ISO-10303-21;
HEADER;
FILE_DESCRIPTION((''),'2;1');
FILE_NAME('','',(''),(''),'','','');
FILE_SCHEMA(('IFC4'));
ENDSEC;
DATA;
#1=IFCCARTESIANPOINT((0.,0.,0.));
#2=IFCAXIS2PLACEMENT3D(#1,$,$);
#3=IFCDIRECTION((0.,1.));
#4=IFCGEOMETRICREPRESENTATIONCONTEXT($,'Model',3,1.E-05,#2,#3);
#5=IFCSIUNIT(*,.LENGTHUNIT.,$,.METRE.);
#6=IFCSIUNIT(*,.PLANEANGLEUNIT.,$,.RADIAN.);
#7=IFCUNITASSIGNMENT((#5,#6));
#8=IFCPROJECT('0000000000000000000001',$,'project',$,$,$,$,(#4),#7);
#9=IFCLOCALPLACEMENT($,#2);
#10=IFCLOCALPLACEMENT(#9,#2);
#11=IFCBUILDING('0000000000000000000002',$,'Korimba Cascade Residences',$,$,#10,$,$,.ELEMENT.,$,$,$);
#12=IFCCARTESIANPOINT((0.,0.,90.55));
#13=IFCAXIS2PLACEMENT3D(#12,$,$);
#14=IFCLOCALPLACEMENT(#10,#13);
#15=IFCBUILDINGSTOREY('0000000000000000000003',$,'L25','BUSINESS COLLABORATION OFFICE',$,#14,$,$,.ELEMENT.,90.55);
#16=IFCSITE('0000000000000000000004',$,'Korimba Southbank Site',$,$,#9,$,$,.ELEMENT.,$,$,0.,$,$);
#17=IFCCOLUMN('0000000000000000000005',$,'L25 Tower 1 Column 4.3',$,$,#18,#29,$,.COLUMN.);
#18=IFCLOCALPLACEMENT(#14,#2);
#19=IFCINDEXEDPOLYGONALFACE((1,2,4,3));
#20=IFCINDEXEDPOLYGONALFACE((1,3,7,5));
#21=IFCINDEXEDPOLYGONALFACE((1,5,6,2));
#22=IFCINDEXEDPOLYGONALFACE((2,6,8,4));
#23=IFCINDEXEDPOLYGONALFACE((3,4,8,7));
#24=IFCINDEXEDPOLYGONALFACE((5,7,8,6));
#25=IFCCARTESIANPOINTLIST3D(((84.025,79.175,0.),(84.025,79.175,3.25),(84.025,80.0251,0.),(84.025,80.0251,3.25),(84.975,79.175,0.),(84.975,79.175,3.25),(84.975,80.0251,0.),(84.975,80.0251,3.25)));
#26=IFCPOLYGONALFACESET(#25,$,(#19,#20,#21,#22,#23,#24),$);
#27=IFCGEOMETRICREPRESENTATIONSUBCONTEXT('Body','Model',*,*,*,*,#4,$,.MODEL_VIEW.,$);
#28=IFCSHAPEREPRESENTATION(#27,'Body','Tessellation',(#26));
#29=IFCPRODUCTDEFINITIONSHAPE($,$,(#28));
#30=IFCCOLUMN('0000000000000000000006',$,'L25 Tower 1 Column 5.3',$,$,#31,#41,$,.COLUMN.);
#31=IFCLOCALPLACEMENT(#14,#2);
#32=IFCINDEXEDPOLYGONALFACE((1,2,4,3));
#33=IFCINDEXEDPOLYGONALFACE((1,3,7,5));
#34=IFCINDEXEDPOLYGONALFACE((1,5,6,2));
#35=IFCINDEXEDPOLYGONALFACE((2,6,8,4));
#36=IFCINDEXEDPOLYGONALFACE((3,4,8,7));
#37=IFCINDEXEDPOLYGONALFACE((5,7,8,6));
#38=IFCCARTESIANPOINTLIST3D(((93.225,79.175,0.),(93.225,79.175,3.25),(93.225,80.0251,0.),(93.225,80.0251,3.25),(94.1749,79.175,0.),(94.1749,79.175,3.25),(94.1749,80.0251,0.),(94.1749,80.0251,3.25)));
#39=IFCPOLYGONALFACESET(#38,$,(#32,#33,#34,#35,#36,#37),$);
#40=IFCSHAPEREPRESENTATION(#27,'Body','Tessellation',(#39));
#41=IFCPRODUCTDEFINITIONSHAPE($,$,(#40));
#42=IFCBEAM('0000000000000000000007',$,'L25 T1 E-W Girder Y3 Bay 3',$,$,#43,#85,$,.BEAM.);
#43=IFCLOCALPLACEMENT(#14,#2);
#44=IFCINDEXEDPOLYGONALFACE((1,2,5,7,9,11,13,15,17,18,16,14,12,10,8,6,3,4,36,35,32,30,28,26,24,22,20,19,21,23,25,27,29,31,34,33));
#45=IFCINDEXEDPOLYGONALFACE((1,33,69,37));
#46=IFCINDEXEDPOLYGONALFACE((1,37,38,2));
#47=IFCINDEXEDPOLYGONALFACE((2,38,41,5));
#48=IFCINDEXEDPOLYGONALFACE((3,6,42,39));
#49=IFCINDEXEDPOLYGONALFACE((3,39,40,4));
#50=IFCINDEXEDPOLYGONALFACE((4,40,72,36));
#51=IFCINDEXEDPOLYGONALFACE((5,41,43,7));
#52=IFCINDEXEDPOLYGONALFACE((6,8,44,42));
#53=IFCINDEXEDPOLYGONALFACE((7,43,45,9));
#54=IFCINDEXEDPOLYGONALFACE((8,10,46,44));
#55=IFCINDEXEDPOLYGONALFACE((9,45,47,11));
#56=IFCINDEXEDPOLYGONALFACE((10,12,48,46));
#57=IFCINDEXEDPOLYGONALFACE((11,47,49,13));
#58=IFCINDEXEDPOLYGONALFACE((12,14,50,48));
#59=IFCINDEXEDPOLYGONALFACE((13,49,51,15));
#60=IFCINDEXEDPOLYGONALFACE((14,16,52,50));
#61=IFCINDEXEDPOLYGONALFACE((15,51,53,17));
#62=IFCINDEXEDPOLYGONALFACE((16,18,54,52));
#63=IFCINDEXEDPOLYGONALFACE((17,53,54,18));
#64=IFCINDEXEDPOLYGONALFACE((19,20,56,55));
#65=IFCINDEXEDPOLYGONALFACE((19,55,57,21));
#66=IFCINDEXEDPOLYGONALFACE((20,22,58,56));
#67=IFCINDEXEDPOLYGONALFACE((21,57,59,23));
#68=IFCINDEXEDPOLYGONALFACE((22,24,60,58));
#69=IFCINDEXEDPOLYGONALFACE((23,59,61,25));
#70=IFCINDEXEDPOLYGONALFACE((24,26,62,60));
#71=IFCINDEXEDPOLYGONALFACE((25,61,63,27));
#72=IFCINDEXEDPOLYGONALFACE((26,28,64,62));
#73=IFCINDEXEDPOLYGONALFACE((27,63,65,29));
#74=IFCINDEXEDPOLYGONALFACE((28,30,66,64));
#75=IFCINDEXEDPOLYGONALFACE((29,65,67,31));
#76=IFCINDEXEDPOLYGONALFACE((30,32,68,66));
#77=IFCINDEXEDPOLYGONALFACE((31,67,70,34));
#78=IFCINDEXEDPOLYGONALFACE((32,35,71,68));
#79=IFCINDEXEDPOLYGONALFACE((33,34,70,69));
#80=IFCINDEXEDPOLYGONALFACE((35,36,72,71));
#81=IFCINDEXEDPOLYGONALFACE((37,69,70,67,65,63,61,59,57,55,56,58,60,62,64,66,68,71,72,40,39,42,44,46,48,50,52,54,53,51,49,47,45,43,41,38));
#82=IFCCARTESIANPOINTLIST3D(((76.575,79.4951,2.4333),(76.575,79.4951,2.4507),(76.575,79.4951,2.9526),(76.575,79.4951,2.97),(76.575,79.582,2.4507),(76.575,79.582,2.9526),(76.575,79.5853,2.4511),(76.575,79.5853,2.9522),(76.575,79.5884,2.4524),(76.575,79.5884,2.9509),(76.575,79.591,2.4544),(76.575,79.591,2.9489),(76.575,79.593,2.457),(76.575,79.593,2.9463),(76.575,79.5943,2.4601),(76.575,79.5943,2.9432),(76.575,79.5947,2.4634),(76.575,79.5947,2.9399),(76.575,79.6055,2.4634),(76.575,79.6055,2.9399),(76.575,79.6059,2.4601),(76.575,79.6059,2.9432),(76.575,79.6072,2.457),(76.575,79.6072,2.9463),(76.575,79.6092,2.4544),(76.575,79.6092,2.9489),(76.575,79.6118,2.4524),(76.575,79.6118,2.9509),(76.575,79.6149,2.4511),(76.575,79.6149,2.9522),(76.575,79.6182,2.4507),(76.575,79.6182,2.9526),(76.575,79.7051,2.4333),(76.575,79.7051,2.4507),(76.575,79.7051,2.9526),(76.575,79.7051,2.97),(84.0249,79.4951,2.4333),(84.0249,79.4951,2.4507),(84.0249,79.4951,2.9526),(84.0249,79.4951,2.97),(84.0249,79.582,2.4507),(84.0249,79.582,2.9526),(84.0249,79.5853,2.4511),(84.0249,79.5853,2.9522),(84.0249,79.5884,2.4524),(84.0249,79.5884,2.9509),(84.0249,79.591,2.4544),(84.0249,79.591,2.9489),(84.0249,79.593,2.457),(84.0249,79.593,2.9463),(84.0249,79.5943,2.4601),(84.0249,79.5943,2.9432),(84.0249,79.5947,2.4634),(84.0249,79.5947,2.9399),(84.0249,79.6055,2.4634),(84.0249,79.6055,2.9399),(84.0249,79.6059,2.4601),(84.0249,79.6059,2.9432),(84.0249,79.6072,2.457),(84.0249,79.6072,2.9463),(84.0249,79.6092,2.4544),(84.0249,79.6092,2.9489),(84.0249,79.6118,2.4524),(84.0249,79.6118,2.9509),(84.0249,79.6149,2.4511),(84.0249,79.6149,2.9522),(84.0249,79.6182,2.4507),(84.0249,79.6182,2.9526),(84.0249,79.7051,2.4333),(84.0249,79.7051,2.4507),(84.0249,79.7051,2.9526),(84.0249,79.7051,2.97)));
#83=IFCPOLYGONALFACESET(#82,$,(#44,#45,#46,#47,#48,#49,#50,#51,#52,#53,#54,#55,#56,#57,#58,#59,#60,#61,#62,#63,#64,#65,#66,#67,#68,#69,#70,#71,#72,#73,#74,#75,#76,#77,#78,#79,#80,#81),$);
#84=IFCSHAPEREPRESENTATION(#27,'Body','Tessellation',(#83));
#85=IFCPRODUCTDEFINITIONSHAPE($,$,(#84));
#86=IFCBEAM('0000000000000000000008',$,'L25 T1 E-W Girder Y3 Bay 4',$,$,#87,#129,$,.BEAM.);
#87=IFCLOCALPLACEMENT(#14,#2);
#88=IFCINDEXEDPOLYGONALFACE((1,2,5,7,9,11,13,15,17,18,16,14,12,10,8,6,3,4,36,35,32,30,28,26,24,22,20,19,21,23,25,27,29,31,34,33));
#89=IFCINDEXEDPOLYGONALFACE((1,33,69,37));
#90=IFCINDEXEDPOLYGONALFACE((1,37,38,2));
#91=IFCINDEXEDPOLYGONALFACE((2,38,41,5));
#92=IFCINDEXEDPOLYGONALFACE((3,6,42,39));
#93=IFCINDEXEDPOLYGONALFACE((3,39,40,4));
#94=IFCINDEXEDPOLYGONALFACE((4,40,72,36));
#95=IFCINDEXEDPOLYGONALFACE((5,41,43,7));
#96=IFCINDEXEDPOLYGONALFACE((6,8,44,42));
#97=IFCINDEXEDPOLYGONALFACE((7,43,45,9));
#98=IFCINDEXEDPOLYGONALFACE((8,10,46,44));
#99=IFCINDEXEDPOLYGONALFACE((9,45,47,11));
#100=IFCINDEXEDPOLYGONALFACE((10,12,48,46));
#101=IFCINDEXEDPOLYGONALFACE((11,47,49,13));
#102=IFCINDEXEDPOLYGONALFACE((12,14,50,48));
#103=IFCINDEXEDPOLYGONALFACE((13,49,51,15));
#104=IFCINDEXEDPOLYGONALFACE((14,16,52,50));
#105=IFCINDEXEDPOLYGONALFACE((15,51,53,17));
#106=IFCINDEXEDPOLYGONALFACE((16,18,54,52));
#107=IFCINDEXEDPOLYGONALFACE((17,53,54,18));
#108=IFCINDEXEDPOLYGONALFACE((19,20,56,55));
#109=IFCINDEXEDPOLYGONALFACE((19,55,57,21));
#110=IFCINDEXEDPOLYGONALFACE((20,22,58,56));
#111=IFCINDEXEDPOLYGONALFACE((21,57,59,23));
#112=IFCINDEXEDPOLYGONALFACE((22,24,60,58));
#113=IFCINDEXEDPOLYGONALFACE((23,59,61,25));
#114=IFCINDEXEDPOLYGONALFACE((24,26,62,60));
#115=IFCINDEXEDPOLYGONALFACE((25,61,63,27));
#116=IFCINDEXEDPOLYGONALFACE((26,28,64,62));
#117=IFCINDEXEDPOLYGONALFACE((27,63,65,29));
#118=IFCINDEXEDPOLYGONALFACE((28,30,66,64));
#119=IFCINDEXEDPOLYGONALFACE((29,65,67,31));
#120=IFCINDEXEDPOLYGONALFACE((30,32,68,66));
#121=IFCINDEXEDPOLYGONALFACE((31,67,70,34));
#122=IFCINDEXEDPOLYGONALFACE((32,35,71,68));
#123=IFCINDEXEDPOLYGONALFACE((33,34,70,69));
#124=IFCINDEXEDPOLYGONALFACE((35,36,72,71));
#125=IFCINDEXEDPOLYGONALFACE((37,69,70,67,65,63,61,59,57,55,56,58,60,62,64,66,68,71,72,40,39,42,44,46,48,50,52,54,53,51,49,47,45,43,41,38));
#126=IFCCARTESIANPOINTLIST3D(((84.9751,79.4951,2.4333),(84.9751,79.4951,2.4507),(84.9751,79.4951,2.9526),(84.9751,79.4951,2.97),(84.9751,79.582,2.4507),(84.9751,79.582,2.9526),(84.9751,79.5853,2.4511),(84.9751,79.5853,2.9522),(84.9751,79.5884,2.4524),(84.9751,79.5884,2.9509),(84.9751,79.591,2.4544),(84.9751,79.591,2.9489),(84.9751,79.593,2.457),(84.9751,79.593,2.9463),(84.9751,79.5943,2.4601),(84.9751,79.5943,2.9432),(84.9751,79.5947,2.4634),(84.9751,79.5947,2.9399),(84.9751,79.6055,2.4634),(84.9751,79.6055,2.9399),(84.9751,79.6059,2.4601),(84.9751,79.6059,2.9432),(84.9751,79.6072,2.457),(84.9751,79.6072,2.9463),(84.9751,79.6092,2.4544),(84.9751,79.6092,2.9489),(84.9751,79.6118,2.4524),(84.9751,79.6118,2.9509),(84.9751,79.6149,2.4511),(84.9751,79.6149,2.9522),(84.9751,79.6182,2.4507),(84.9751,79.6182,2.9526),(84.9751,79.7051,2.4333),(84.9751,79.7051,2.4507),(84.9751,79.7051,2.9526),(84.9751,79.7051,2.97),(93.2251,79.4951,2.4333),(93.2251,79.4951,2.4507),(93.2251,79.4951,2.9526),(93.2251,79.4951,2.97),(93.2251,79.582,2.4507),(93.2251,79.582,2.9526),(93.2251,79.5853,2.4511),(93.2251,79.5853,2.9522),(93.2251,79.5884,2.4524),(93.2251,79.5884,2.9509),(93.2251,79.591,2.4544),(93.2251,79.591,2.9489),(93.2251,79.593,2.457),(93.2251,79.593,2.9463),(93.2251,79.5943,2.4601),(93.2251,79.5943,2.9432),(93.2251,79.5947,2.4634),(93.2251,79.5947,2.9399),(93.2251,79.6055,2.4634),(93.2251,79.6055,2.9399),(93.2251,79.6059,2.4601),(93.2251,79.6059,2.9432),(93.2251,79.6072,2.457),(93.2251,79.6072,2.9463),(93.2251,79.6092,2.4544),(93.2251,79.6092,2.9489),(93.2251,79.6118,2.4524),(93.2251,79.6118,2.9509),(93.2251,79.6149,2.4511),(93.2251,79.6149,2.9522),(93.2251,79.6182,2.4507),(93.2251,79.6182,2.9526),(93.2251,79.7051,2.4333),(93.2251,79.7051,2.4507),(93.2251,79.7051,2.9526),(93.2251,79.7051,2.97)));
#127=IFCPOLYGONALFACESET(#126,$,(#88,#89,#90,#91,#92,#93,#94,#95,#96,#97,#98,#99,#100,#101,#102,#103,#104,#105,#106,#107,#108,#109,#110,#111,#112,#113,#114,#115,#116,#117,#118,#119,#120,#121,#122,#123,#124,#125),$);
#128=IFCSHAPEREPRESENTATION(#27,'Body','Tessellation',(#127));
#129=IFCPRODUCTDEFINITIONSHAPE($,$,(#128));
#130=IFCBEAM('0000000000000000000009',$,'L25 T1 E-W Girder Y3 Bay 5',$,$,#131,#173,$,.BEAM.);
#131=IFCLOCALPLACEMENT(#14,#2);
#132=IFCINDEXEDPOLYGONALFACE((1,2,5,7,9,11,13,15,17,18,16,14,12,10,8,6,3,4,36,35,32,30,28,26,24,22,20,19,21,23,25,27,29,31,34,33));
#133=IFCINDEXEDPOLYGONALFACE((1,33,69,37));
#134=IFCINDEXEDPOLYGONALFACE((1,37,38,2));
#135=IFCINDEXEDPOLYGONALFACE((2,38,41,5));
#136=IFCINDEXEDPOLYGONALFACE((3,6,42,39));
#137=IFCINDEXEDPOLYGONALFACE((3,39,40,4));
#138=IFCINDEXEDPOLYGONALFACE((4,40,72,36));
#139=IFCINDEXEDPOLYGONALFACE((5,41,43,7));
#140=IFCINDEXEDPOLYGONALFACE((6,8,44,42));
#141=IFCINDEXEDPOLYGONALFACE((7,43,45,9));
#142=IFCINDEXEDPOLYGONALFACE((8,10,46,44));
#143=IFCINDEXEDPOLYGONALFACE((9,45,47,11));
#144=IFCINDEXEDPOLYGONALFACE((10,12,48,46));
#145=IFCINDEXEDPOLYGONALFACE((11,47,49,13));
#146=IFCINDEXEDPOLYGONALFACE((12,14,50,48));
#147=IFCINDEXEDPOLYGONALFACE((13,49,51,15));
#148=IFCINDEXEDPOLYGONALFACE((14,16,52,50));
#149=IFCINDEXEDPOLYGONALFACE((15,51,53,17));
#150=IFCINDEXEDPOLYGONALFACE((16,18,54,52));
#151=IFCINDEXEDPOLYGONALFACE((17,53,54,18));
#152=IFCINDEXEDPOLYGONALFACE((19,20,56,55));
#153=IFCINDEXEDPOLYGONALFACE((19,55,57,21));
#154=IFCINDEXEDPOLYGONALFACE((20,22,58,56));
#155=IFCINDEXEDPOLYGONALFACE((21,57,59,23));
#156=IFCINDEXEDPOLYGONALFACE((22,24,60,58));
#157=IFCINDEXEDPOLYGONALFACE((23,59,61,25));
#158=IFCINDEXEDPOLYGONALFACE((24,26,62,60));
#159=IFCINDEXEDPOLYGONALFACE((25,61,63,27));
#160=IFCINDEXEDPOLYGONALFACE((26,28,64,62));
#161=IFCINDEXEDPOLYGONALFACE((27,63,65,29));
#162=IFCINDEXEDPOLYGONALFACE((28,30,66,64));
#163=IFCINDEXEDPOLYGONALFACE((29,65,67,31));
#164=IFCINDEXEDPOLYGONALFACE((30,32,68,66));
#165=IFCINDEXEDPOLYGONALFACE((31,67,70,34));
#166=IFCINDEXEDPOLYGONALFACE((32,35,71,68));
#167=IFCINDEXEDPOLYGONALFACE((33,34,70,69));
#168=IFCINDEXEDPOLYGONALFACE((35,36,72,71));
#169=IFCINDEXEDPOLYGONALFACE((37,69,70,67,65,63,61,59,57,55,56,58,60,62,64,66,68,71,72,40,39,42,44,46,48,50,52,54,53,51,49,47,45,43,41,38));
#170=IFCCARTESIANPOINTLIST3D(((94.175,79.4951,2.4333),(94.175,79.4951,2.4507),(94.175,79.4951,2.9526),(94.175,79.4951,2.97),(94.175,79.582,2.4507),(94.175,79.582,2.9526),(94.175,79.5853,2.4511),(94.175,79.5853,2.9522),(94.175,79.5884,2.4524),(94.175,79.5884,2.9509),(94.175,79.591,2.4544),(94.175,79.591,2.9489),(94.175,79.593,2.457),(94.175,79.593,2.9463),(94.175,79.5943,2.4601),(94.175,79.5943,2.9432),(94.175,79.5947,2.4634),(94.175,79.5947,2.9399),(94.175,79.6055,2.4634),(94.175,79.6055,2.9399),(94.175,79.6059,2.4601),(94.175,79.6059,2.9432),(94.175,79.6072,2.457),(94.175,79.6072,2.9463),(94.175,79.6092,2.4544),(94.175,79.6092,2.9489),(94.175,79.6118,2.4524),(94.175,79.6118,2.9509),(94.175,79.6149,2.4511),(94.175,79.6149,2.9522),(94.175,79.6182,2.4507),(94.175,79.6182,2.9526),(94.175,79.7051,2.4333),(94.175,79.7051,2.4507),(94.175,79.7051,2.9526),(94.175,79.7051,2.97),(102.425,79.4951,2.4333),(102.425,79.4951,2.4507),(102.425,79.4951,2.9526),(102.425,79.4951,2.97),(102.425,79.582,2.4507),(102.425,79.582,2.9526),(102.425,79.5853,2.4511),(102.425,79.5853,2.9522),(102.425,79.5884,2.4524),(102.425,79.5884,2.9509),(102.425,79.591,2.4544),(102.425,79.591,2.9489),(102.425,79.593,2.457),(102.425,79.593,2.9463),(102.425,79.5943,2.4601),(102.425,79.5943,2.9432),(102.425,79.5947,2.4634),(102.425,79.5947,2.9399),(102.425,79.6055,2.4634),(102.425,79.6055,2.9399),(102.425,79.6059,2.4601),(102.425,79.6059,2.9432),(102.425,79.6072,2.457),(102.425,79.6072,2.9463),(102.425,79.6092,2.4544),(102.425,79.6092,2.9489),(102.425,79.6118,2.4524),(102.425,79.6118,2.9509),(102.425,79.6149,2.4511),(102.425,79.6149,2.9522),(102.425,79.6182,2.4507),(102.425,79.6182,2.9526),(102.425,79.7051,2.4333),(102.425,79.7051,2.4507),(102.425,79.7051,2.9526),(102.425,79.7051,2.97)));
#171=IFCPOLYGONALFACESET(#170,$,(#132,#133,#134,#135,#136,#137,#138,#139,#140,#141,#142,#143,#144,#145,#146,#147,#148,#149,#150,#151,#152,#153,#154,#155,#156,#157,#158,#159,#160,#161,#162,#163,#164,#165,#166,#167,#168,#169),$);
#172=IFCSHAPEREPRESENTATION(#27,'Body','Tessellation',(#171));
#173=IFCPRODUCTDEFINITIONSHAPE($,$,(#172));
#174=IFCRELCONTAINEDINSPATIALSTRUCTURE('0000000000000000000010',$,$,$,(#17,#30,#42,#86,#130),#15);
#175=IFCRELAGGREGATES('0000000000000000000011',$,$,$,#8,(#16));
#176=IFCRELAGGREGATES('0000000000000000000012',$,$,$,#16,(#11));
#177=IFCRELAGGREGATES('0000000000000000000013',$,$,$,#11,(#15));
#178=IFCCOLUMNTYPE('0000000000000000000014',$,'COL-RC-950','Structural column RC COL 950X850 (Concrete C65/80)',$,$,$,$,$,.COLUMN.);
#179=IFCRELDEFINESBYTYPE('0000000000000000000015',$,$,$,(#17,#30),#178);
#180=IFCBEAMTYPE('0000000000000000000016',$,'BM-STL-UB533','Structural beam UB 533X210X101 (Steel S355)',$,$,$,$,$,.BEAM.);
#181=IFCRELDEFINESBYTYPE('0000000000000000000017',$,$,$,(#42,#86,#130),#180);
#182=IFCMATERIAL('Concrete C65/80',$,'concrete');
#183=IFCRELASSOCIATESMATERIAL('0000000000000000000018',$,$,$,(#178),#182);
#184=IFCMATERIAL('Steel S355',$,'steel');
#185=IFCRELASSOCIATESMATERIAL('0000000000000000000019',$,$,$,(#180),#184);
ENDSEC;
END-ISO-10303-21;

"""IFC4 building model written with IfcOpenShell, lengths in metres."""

from ifc_helpers import new_model, si_unit, direction, frame, origin, origin_2d, place, context, subcontext, project, spatial, rectangle, i_section, extrude, material, material_profile, profile_set, type_object, element, save


model = new_model("IFC4")

# Units and contexts
model_context = context("Model", 3, precision=1e-05, world=origin(), true_north=direction((0.0, 1.0)))
body_context = subcontext(model_context, "Body", "Model", "MODEL_VIEW")
ifc_project = project(units=[si_unit("LENGTHUNIT", "METRE"), si_unit("PLANEANGLEUNIT", "RADIAN")], contexts=[model_context])

# Site, building, storey
site_placement = place(None, origin())
site = spatial("IfcSite", under=ifc_project, at=site_placement, Name="Korimba Southbank Site", CompositionType="ELEMENT", RefElevation=0.0)
building_placement = place(site_placement, origin())
building = spatial("IfcBuilding", under=site, at=building_placement, Name="Korimba Cascade Residences", CompositionType="ELEMENT")
storey_placement = place(building_placement, frame((0.0, 0.0, 90.55)))
storey = spatial("IfcBuildingStorey", under=building, at=storey_placement, Name="L25", Description="BUSINESS COLLABORATION OFFICE", CompositionType="ELEMENT", Elevation=90.55)

# Columns
ifc_material_1 = material(Name="Concrete C65/80", Category="concrete")
ifc_material_profile_1 = material_profile(ifc_material_1, rectangle(XDim=0.95, YDim=0.8501, at=origin_2d()), Name="Concrete C65/80")
ifc_profile_set_1 = profile_set([ifc_material_profile_1], Name="Concrete C65/80")
column_type = type_object("IfcColumnType", Name="COL-RC-950", Description="Structural column RC COL 950X850 (Concrete C65/80)", PredefinedType="COLUMN", material=ifc_profile_set_1)
for number, where, z_axis, x_axis, name in (
    (1, (84.5, 79.6001, 0.0), (0.0, 0.0, 1.0), (1.0, 0.0, 0.0), "L25 Tower 1 Column 4.3"),
    (2, (93.7, 79.6001, 0.0), (0.0, 0.0, 1.0), (1.0, 0.0, 0.0), "L25 Tower 1 Column 5.3"),
):
    element("IfcColumn", number, at=place(storey_placement, frame(where, z_axis=z_axis, x_axis=x_axis)), inside=storey, type_object=column_type, Name=name, PredefinedType="COLUMN", context=body_context, shape_type="SweptSolid", body=[
        extrude(rectangle(XDim=0.95, YDim=0.8501, at=origin_2d()), origin(), (0.0, 0.0, 1.0), 3.25),
    ])

# Beams
ifc_material_2 = material(Name="Steel S355", Category="steel")
ifc_material_profile_2 = material_profile(ifc_material_2, i_section(OverallWidth=0.21, OverallDepth=0.5366, WebThickness=0.0107, FlangeThickness=0.0173, FilletRadius=0.0127, at=origin_2d()), Name="Steel S355")
ifc_profile_set_2 = profile_set([ifc_material_profile_2], Name="Steel S355")
beam_type_1 = type_object("IfcBeamType", Name="BM-STL-UB533", Description="Structural beam UB 533X210X101 (Steel S355)", PredefinedType="BEAM", material=ifc_profile_set_2)
beam_1_placement = place(storey_placement, frame((76.575, 79.6001, 2.7017), z_axis=(1.0, 0.0, 0.0), x_axis=(0.0, 1.0, 0.0)))
element("IfcBeam", 3, at=beam_1_placement, inside=storey, type_object=beam_type_1, Name="L25 T1 E-W Girder Y3 Bay 3", PredefinedType="BEAM", context=body_context, shape_type="SweptSolid", body=[
    extrude(i_section(OverallWidth=0.21, OverallDepth=0.5366, WebThickness=0.0107, FlangeThickness=0.0173, FilletRadius=0.0127, at=origin_2d()), origin(), (0.0, 0.0, 1.0), 7.45),
])
for number, where, z_axis, x_axis, name in (
    (4, (84.9751, 79.6001, 2.7017), (1.0, 0.0, 0.0), (0.0, 1.0, 0.0), "L25 T1 E-W Girder Y3 Bay 4"),
    (5, (94.175, 79.6001, 2.7017), (1.0, 0.0, 0.0), (0.0, 1.0, 0.0), "L25 T1 E-W Girder Y3 Bay 5"),
):
    element("IfcBeam", number, at=place(storey_placement, frame(where, z_axis=z_axis, x_axis=x_axis)), inside=storey, type_object=beam_type_1, Name=name, PredefinedType="BEAM", context=body_context, shape_type="SweptSolid", body=[
        extrude(i_section(OverallWidth=0.21, OverallDepth=0.5366, WebThickness=0.0107, FlangeThickness=0.0173, FilletRadius=0.0127, at=origin_2d()), origin(), (0.0, 0.0, 1.0), 8.25),
    ])

save(model, "model.ifc")
